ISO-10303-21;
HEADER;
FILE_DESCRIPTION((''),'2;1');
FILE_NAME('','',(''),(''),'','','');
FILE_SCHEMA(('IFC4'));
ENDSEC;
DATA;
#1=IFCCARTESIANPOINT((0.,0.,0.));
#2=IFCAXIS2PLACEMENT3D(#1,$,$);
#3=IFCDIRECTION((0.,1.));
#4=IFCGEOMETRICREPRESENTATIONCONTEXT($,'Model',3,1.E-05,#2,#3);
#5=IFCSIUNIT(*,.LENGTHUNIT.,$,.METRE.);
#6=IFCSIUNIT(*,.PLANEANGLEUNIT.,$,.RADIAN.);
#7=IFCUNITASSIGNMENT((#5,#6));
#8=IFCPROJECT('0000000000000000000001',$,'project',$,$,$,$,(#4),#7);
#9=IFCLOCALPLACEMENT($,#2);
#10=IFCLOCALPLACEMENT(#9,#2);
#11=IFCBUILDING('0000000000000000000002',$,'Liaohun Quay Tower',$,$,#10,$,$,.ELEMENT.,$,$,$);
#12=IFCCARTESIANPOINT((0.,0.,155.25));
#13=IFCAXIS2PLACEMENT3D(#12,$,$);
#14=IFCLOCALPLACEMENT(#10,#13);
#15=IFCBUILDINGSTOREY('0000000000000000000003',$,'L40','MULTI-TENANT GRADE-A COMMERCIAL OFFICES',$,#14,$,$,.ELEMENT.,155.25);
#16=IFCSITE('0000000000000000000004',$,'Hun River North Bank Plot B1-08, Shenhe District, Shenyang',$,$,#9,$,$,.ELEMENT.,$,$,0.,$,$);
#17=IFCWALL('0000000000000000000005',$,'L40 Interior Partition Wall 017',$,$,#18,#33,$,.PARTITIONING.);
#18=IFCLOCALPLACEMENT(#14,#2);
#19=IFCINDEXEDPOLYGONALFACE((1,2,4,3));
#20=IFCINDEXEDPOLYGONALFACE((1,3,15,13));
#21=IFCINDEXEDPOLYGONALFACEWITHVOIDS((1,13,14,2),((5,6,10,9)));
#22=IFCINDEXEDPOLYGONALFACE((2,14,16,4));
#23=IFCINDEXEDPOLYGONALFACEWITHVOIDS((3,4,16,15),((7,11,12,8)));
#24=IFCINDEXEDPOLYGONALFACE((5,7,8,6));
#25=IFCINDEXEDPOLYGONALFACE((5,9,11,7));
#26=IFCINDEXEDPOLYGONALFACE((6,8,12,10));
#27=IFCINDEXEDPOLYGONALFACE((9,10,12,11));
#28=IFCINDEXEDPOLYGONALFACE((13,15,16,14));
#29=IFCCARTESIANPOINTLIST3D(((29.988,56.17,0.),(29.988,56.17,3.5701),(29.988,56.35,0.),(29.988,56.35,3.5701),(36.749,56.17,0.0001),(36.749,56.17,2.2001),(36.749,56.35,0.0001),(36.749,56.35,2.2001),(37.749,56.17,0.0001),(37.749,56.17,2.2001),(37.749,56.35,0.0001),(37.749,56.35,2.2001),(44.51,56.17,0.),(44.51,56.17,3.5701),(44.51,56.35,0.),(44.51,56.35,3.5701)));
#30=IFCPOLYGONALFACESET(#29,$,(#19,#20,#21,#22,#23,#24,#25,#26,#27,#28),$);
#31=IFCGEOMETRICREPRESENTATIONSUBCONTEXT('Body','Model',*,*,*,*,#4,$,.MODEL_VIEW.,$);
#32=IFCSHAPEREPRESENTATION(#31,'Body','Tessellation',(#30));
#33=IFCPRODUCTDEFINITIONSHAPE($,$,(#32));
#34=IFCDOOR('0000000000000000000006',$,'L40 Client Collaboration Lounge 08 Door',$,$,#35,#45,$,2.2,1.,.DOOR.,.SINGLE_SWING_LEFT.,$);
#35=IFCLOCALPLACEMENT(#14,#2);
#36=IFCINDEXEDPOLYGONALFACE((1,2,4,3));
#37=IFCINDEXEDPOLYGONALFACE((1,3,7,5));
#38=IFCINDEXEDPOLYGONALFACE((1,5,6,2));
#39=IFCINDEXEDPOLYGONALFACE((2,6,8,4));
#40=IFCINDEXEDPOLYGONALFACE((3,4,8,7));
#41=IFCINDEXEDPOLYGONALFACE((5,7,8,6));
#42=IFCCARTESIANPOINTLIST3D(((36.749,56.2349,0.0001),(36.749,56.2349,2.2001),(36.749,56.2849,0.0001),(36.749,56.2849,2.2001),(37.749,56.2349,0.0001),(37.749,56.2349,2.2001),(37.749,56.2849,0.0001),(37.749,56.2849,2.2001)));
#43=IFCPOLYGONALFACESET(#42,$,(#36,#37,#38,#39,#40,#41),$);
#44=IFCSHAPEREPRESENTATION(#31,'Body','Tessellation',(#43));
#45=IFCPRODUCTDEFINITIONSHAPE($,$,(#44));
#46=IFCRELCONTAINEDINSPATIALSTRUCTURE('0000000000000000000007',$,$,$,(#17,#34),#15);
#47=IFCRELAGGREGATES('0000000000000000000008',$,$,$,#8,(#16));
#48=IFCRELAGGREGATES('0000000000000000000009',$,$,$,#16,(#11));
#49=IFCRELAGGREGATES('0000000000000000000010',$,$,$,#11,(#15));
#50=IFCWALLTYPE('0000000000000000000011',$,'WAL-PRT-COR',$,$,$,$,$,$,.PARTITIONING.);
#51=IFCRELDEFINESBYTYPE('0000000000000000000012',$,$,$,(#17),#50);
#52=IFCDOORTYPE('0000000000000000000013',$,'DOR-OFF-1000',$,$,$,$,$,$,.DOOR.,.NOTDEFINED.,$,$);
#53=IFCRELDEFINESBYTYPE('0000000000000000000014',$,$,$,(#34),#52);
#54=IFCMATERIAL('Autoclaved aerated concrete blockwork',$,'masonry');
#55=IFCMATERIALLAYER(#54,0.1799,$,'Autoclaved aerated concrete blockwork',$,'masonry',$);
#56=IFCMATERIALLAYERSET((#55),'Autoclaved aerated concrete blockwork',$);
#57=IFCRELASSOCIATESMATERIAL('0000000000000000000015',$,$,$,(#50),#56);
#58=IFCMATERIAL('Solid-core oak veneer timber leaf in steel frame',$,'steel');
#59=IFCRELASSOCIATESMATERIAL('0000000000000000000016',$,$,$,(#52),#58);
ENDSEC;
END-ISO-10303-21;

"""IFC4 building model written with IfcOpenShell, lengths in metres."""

from ifc_helpers import new_model, si_unit, direction, frame, frame_2d, origin, place, context, subcontext, project, spatial, rectangle, extrude, source, transform, mapped, material, layer, layer_set, type_object, element, fill, save


model = new_model("IFC4")

# Units and contexts
model_context = context("Model", 3, precision=1e-05, world=origin(), true_north=direction((0.0, 1.0)))
body_context = subcontext(model_context, "Body", "Model", "MODEL_VIEW")
ifc_project = project(units=[si_unit("LENGTHUNIT", "METRE"), si_unit("PLANEANGLEUNIT", "RADIAN")], contexts=[model_context])

# Site, building, storey
site_placement = place(None, origin())
site = spatial("IfcSite", under=ifc_project, at=site_placement, Name="Hun River North Bank Plot B1-08, Shenhe District, Shenyang", CompositionType="ELEMENT", RefElevation=0.0)
building_placement = place(site_placement, origin())
building = spatial("IfcBuilding", under=site, at=building_placement, Name="Liaohun Quay Tower", CompositionType="ELEMENT")
storey_placement = place(building_placement, frame((0.0, 0.0, 155.25)))
storey = spatial("IfcBuildingStorey", under=building, at=storey_placement, Name="L40", Description="MULTI-TENANT GRADE-A COMMERCIAL OFFICES", CompositionType="ELEMENT", Elevation=155.25)

# Wall, opening, door
ifc_material_1 = material(Name="Autoclaved aerated concrete blockwork", Category="masonry")
ifc_layer_1 = layer(ifc_material_1, 0.1799, Name="Autoclaved aerated concrete blockwork", Category="masonry")
ifc_layer_set_1 = layer_set([ifc_layer_1], Name="Autoclaved aerated concrete blockwork")
wall_type_1 = type_object("IfcWallType", Name="WAL-PRT-COR", PredefinedType="PARTITIONING", material=ifc_layer_set_1)
wall_1_placement = place(storey_placement, frame((29.988, 56.26, 0.0), z_axis=(0.0, 0.0, 1.0), x_axis=(1.0, 0.0, 0.0)))
wall_1 = element("IfcWall", 1, at=wall_1_placement, inside=storey, type_object=wall_type_1, Name="L40 Interior Partition Wall 017", PredefinedType="PARTITIONING", context=body_context, shape_type="SweptSolid", body=[
    extrude(rectangle(XDim=14.522, YDim=0.1799, at=frame_2d((7.261, 0.0))), origin(), (0.0, 0.0, 1.0), 3.5701),
])
shared_shape_1 = source(origin(), body_context, "Body", "SweptSolid", [
    extrude(rectangle(XDim=1.0, YDim=2.2, at=frame_2d((0.5, 1.1001))), frame((0.0, 0.0999, 0.0), z_axis=(0.0, -1.0, 0.0), x_axis=(1.0, 0.0, 0.0)), (0.0, 0.0, 1.0), 0.2),
])
opening_1_placement = place(wall_1_placement, frame((6.761, 0.0, 0.0)))
opening_1 = element("IfcOpeningElement", 2, at=opening_1_placement, cuts=wall_1, PredefinedType="OPENING", context=body_context, shape_type="MappedRepresentation", body=[
    mapped(shared_shape_1, transform((0.0, 0.0, 0.0), x_axis=(1.0, 0.0, 0.0), y_axis=(0.0, 1.0, 0.0), z_axis=(0.0, 0.0, 1.0), scale=1.0)),
])
ifc_material_2 = material(Name="Solid-core oak veneer timber leaf in steel frame", Category="steel")
door_type_1 = type_object("IfcDoorType", Name="DOR-OFF-1000", OperationType="NOTDEFINED", PredefinedType="DOOR", material=ifc_material_2)
shared_shape_2 = source(origin(), body_context, "Body", "SweptSolid", [
    extrude(rectangle(XDim=1.0, YDim=2.2, at=frame_2d((0.5, 1.1001))), frame((0.0, 0.0249, 0.0), z_axis=(0.0, -1.0, 0.0), x_axis=(1.0, 0.0, 0.0)), (0.0, 0.0, 1.0), 0.05),
])
door_1_placement = place(opening_1_placement, origin())
door_1 = element("IfcDoor", 3, at=door_1_placement, inside=storey, type_object=door_type_1, Name="L40 Client Collaboration Lounge 08 Door", OperationType="SINGLE_SWING_LEFT", OverallHeight=2.2, OverallWidth=1.0, PredefinedType="DOOR", context=body_context, shape_type="MappedRepresentation", body=[
    mapped(shared_shape_2, transform((0.0, 0.0, 0.0), x_axis=(1.0, 0.0, 0.0), y_axis=(0.0, 1.0, 0.0), z_axis=(0.0, 0.0, 1.0), scale=1.0)),
])
fill(opening_1, door_1)

save(model, "model.ifc")
